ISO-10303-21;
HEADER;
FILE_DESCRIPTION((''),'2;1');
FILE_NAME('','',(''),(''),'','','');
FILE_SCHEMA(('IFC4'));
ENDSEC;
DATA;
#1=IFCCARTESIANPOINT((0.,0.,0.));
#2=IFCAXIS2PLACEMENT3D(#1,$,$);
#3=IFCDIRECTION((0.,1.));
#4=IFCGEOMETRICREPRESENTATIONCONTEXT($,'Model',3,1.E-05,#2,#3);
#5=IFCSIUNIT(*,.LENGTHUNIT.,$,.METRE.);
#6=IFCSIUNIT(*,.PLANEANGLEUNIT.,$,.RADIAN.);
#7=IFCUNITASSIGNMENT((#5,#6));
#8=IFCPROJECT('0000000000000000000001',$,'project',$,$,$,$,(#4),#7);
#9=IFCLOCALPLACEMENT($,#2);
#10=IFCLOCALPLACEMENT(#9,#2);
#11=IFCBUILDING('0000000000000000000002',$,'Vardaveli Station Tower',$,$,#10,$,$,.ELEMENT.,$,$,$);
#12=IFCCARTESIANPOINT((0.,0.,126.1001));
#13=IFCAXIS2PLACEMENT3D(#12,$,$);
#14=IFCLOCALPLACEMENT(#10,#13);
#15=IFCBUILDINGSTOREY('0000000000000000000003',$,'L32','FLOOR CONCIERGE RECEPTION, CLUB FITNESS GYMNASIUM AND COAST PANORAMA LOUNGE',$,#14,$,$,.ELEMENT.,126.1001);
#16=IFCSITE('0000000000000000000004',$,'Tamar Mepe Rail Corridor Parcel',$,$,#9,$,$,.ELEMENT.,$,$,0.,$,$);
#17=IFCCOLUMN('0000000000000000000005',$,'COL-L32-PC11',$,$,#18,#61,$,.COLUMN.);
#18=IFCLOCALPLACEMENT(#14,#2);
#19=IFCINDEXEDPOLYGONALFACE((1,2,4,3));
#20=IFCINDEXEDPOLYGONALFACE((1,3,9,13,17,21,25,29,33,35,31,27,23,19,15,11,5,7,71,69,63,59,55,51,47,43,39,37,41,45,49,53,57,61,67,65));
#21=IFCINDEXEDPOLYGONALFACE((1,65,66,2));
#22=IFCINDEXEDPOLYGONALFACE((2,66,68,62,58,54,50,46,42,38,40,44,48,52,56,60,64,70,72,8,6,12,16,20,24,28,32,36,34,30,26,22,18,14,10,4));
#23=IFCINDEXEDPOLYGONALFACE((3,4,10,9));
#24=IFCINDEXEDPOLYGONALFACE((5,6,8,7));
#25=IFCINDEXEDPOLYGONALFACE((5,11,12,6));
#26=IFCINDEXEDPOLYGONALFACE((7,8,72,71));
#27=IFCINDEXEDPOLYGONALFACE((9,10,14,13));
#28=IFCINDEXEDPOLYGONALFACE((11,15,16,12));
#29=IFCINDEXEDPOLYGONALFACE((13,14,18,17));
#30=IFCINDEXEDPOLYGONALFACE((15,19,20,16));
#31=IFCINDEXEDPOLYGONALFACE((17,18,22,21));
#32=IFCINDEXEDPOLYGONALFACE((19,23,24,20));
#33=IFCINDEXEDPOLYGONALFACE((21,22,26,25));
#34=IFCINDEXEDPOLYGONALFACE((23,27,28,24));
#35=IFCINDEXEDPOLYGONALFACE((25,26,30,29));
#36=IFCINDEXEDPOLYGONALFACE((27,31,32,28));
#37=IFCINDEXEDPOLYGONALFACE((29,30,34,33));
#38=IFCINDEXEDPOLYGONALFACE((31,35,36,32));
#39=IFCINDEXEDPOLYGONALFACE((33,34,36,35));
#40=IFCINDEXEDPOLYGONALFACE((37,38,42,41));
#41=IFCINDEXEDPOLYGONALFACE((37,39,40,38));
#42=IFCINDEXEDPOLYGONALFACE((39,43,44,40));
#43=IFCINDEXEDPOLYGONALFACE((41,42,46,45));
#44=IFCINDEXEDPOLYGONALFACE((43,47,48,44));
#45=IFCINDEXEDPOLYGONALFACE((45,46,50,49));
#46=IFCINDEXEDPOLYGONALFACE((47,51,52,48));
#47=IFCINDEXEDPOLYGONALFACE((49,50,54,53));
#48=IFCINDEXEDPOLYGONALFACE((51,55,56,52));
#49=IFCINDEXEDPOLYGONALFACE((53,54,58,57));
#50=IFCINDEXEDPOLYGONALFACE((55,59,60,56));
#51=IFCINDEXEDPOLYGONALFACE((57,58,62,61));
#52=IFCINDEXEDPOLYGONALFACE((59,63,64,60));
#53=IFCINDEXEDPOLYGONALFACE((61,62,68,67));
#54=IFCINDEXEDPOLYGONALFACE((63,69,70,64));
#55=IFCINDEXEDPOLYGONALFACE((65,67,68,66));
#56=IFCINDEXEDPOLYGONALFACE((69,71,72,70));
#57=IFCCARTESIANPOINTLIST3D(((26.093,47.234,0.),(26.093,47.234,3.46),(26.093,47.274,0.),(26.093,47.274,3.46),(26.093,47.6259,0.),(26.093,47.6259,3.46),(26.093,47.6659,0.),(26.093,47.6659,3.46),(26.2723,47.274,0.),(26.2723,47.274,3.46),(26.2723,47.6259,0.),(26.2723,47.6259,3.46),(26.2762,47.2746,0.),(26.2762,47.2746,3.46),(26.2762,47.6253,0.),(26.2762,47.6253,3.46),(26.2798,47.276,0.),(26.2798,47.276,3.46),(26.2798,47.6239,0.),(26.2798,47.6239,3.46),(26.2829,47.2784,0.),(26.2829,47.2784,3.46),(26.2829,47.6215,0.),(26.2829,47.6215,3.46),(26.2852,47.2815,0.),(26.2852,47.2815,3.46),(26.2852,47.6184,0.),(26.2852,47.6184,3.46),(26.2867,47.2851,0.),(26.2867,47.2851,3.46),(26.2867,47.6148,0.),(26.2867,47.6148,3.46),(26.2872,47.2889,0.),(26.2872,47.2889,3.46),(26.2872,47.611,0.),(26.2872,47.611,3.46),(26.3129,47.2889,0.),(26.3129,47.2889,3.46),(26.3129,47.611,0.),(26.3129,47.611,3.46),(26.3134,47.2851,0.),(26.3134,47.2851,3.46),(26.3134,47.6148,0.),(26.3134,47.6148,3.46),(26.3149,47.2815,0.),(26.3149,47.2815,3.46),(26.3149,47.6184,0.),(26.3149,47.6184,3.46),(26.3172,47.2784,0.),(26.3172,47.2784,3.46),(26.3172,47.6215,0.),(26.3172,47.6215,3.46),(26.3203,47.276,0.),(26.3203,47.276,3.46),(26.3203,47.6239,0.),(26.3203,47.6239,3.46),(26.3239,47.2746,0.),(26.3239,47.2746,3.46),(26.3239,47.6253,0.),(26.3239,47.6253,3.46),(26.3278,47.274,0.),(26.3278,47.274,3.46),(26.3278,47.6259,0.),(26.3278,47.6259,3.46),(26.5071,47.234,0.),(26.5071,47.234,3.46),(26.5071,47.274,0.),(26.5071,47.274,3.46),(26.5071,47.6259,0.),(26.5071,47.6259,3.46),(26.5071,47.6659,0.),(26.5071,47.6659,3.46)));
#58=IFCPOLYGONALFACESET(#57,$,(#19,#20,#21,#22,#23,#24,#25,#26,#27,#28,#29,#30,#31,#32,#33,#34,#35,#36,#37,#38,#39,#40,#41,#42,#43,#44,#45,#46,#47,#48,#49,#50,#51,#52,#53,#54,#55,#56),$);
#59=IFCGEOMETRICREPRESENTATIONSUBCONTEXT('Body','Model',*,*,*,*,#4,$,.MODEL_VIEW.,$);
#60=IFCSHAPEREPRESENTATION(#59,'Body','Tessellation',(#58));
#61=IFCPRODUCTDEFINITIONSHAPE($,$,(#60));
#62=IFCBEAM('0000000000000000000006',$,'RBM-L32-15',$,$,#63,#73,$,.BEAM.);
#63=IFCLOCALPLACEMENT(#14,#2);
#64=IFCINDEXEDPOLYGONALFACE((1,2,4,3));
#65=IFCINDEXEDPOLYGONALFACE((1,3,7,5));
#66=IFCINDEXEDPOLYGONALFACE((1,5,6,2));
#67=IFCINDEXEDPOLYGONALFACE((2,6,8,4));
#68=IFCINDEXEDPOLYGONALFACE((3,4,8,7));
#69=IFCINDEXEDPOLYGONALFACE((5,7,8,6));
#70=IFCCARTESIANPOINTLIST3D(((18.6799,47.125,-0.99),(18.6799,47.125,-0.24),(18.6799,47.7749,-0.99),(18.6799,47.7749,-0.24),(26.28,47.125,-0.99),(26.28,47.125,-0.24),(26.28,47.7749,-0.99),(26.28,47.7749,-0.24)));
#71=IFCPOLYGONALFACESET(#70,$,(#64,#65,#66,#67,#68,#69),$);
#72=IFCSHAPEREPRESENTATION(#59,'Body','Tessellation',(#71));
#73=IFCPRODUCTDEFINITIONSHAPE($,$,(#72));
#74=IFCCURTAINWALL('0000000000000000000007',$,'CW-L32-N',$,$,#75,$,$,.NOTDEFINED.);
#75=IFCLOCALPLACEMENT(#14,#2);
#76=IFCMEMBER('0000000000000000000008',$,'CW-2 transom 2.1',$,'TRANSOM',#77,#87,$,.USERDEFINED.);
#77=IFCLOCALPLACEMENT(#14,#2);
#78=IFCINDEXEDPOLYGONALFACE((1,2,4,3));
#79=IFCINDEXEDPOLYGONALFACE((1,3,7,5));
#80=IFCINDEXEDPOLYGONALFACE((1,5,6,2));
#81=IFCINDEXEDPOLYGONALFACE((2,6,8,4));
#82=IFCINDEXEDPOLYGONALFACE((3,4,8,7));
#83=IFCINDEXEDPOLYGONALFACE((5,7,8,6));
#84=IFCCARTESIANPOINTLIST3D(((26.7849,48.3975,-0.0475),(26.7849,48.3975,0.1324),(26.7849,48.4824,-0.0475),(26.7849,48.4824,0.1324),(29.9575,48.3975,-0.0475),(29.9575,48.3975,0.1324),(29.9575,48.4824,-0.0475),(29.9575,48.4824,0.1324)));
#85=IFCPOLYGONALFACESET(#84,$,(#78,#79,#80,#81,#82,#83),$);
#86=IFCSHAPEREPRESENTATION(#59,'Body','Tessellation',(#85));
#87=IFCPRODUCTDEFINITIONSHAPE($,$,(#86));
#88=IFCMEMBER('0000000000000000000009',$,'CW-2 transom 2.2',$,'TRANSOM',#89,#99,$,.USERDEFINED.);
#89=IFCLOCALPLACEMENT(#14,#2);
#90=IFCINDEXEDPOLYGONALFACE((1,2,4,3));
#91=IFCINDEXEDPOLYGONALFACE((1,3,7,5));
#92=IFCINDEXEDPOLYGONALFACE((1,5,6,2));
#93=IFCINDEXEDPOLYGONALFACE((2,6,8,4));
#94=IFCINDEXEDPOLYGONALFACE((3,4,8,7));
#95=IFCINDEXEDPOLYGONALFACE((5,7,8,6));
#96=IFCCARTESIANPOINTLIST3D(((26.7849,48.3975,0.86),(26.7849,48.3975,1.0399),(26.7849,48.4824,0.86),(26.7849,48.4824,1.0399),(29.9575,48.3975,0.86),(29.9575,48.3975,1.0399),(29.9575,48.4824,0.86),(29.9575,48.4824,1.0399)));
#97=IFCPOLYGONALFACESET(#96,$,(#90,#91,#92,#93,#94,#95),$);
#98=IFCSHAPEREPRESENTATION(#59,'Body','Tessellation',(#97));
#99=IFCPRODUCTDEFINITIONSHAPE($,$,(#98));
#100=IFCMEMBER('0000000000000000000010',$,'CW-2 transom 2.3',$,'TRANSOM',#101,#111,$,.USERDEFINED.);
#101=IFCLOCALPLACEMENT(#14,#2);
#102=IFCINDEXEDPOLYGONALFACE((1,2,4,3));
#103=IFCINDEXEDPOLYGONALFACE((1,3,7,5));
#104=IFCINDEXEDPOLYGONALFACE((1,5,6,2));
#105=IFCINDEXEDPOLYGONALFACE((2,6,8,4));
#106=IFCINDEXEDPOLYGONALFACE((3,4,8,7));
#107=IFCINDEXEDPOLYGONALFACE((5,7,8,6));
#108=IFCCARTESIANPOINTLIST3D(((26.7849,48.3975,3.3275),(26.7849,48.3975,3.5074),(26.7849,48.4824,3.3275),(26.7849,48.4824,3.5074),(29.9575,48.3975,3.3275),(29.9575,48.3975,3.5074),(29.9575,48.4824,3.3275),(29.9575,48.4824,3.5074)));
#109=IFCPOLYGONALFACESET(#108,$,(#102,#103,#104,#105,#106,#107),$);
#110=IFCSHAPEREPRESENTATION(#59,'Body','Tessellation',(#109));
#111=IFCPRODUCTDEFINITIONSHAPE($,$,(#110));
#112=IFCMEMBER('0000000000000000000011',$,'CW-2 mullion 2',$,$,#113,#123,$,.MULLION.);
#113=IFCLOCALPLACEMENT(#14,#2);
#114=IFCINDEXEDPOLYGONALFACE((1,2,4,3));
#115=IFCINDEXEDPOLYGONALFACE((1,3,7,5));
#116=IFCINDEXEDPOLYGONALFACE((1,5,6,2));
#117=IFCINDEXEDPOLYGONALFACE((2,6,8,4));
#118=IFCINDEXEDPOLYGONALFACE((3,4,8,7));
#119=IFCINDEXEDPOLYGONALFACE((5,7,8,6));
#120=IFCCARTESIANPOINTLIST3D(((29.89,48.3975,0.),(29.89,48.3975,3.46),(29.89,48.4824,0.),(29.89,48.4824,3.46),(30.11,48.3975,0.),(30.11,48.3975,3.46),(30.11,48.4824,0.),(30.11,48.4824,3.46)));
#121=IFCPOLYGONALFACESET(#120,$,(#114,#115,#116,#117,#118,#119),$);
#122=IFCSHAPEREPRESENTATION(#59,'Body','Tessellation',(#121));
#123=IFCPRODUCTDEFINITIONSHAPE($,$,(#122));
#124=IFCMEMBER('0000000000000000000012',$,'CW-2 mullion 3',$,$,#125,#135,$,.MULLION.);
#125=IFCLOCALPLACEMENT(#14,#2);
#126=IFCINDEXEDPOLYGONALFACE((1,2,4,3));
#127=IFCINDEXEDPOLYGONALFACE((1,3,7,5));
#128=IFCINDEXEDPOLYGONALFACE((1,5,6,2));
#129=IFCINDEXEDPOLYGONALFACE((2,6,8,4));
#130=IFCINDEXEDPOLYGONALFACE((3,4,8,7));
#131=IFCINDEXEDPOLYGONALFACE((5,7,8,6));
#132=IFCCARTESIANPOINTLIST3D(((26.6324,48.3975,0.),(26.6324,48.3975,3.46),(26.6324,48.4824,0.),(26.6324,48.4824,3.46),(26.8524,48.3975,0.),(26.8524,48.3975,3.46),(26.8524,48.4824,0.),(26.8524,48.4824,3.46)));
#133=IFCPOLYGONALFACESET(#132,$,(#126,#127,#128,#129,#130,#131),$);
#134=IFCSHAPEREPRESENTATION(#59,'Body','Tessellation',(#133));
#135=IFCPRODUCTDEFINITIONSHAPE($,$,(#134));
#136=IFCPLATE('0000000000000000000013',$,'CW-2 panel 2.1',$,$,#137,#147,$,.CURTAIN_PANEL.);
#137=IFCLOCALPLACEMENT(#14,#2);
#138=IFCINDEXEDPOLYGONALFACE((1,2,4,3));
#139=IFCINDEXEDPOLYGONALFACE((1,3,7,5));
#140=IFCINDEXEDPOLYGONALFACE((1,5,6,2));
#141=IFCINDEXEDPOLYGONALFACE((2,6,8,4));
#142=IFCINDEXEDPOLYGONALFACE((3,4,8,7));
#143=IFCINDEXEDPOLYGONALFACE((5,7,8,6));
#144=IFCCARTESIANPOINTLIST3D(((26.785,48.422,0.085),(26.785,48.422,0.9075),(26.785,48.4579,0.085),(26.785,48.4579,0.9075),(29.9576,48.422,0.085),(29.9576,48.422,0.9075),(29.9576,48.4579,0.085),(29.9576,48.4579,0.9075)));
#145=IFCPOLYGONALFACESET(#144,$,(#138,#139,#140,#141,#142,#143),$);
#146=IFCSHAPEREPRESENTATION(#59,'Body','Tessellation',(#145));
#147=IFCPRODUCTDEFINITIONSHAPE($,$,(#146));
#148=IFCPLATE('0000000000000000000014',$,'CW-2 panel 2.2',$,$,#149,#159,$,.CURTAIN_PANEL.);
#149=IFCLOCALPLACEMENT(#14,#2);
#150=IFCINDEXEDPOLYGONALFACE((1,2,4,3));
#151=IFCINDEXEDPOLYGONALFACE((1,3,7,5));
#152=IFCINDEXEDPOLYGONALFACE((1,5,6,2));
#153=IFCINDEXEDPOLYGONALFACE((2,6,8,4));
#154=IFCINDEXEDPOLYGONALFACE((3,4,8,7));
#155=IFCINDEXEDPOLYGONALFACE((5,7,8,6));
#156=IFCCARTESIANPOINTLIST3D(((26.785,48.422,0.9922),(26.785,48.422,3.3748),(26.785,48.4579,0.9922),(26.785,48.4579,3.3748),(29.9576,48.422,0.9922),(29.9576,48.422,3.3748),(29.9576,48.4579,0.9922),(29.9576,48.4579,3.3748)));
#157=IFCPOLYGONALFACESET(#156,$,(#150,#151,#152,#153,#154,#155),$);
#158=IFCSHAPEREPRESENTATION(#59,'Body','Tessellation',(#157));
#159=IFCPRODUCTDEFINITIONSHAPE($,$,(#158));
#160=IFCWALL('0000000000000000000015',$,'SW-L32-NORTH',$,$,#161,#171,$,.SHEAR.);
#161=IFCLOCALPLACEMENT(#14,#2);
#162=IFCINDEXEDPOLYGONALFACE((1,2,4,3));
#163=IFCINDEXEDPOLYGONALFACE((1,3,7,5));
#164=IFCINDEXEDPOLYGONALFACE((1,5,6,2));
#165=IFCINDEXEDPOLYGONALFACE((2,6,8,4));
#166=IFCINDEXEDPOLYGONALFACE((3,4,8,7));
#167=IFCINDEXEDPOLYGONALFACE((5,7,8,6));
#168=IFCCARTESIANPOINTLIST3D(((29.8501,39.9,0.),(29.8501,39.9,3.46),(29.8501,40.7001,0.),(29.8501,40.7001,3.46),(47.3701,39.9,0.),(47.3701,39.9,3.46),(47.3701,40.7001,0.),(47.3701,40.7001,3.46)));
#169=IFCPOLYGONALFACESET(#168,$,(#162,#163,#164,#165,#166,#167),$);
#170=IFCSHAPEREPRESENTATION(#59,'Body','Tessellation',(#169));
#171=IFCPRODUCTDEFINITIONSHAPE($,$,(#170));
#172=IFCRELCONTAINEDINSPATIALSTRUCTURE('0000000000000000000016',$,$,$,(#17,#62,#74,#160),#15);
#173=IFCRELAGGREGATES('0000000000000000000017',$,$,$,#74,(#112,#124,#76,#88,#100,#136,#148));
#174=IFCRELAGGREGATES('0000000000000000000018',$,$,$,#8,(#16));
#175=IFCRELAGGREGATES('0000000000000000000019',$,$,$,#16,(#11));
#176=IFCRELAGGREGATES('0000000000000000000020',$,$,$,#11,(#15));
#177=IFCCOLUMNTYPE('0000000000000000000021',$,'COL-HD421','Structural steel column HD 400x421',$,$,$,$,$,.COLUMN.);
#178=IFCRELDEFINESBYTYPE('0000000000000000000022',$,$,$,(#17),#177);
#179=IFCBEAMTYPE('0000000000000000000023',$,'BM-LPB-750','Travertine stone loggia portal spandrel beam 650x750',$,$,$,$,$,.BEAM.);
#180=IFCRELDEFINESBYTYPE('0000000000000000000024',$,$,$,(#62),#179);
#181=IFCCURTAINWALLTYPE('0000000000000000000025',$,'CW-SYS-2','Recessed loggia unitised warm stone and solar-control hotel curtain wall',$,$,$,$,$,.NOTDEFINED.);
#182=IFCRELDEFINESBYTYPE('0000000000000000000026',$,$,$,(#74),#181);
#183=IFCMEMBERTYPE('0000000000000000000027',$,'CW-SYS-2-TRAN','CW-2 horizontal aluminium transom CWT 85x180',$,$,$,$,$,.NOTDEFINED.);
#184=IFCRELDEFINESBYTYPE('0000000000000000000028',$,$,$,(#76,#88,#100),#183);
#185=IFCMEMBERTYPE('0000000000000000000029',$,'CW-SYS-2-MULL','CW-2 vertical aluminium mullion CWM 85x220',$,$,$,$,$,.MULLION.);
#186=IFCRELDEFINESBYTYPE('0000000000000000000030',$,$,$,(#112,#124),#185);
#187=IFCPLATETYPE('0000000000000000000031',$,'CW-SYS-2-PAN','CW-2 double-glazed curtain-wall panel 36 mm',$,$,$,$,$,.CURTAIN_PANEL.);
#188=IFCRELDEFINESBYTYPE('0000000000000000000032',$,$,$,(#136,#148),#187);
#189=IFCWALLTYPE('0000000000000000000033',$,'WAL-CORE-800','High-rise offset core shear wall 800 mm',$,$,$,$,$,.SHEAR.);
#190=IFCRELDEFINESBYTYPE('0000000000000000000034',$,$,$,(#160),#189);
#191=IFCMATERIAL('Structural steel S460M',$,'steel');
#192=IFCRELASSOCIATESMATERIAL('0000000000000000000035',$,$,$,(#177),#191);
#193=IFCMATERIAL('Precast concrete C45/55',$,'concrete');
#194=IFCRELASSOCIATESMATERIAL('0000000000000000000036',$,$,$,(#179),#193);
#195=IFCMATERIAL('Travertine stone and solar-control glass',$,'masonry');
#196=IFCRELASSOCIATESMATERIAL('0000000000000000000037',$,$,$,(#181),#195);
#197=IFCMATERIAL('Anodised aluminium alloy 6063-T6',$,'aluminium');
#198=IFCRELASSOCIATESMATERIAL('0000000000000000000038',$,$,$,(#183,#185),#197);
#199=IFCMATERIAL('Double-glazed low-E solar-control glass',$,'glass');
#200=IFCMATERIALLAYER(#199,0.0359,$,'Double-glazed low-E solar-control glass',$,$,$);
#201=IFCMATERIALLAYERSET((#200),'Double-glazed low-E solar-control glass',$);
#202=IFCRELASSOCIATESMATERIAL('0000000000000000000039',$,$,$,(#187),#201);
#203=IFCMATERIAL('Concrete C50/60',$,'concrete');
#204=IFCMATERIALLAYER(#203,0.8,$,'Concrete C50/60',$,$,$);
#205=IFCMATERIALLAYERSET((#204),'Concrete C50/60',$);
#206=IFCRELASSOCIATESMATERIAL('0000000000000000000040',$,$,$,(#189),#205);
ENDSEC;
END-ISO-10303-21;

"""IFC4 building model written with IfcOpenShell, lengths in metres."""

from ifc_helpers import new_model, si_unit, direction, frame, frame_2d, origin, origin_2d, place, context, subcontext, project, spatial, rectangle, i_section, extrude, source, transform, mapped, material, layer, layer_set, material_profile, profile_set, type_object, element, aggregate, save


model = new_model("IFC4")

# Units and contexts
model_context = context("Model", 3, precision=1e-05, world=origin(), true_north=direction((0.0, 1.0)))
body_context = subcontext(model_context, "Body", "Model", "MODEL_VIEW")
ifc_project = project(units=[si_unit("LENGTHUNIT", "METRE"), si_unit("PLANEANGLEUNIT", "RADIAN")], contexts=[model_context])

# Site, building, storey
site_placement = place(None, origin())
site = spatial("IfcSite", under=ifc_project, at=site_placement, Name="Tamar Mepe Rail Corridor Parcel", CompositionType="ELEMENT", RefElevation=0.0)
building_placement = place(site_placement, origin())
building = spatial("IfcBuilding", under=site, at=building_placement, Name="Vardaveli Station Tower", CompositionType="ELEMENT")
storey_placement = place(building_placement, frame((0.0, 0.0, 126.1001)))
storey = spatial("IfcBuildingStorey", under=building, at=storey_placement, Name="L32", Description="FLOOR CONCIERGE RECEPTION, CLUB FITNESS GYMNASIUM AND COAST PANORAMA LOUNGE", CompositionType="ELEMENT", Elevation=126.1001)

# Column
ifc_material_1 = material(Name="Structural steel S460M", Category="steel")
ifc_material_profile_1 = material_profile(ifc_material_1, i_section(OverallWidth=0.4141, OverallDepth=0.4319, WebThickness=0.0256, FlangeThickness=0.04, FilletRadius=0.0149, at=origin_2d()), Name="HD 400x421")
ifc_profile_set_1 = profile_set([ifc_material_profile_1], Name="Structural steel S460M")
column_type = type_object("IfcColumnType", Name="COL-HD421", Description="Structural steel column HD 400x421", PredefinedType="COLUMN", material=ifc_profile_set_1)
shared_shape_1 = source(origin(), body_context, "Body", "SweptSolid", [
    extrude(i_section(OverallWidth=0.4141, OverallDepth=0.4319, WebThickness=0.0256, FlangeThickness=0.04, FilletRadius=0.0149, at=origin_2d()), origin(), (0.0, 0.0, 1.0), 3.46),
])
column_placement = place(storey_placement, frame((26.3, 47.45, 0.0), z_axis=(0.0, 0.0, 1.0), x_axis=(1.0, 0.0, 0.0)))
element("IfcColumn", 1, at=column_placement, inside=storey, type_object=column_type, Name="COL-L32-PC11", PredefinedType="COLUMN", context=body_context, shape_type="MappedRepresentation", body=[
    mapped(shared_shape_1, transform((0.0, 0.0, 0.0), scale=1.0)),
])

# Beam
ifc_material_2 = material(Name="Precast concrete C45/55", Category="concrete")
ifc_material_profile_2 = material_profile(ifc_material_2, rectangle(XDim=0.6499, YDim=0.75, at=origin_2d()), Name="LPB 650x750")
ifc_profile_set_2 = profile_set([ifc_material_profile_2], Name="Precast concrete C45/55")
beam_type = type_object("IfcBeamType", Name="BM-LPB-750", Description="Travertine stone loggia portal spandrel beam 650x750", PredefinedType="BEAM", material=ifc_profile_set_2)
shared_shape_2 = source(origin(), body_context, "Body", "SweptSolid", [
    extrude(rectangle(XDim=0.6499, YDim=0.75, at=origin_2d()), origin(), (0.0, 0.0, 1.0), 7.6001),
])
beam_placement = place(storey_placement, frame((26.28, 47.45, -0.615), z_axis=(-1.0, 0.0, 0.0), x_axis=(0.0, -1.0, 0.0)))
element("IfcBeam", 2, at=beam_placement, inside=storey, type_object=beam_type, Name="RBM-L32-15", PredefinedType="BEAM", context=body_context, shape_type="MappedRepresentation", body=[
    mapped(shared_shape_2, transform((0.0, 0.0, 0.0), scale=1.0)),
])

# Curtain wall, members, plates
ifc_material_3 = material(Name="Travertine stone and solar-control glass", Category="masonry")
curtain_wall_type = type_object("IfcCurtainWallType", Name="CW-SYS-2", Description="Recessed loggia unitised warm stone and solar-control hotel curtain wall", PredefinedType="NOTDEFINED", material=ifc_material_3)
curtain_wall_placement = place(storey_placement, origin())
curtain_wall = element("IfcCurtainWall", 3, at=curtain_wall_placement, inside=storey, type_object=curtain_wall_type, Name="CW-L32-N", PredefinedType="NOTDEFINED")
ifc_material_4 = material(Name="Anodised aluminium alloy 6063-T6", Category="aluminium")
ifc_material_profile_3 = material_profile(ifc_material_4, rectangle(XDim=0.085, YDim=0.1799, at=origin_2d()), Name="CWT 85x180")
ifc_profile_set_3 = profile_set([ifc_material_profile_3], Name="Anodised aluminium alloy 6063-T6")
member_type_1 = type_object("IfcMemberType", Name="CW-SYS-2-TRAN", Description="CW-2 horizontal aluminium transom CWT 85x180", PredefinedType="NOTDEFINED", material=ifc_profile_set_3)
shared_shape_3 = source(origin(), body_context, "Body", "SweptSolid", [
    extrude(rectangle(XDim=0.085, YDim=0.1799, at=origin_2d()), origin(), (0.0, 0.0, 1.0), 3.1726),
])
member_1_placement = place(storey_placement, frame((29.9575, 48.4399, 0.0425), z_axis=(-1.0, 0.0, 0.0), x_axis=(0.0, -1.0, 0.0)))
member_1 = element("IfcMember", 4, at=member_1_placement, type_object=member_type_1, Name="CW-2 transom 2.1", ObjectType="TRANSOM", PredefinedType="USERDEFINED", context=body_context, shape_type="MappedRepresentation", body=[
    mapped(shared_shape_3, transform((0.0, 0.0, 0.0), scale=1.0)),
])
member_2_placement = place(storey_placement, frame((29.9575, 48.4399, 0.95), z_axis=(-1.0, 0.0, 0.0), x_axis=(0.0, -1.0, 0.0)))
member_2 = element("IfcMember", 5, at=member_2_placement, type_object=member_type_1, Name="CW-2 transom 2.2", ObjectType="TRANSOM", PredefinedType="USERDEFINED", context=body_context, shape_type="MappedRepresentation", body=[
    mapped(shared_shape_3, transform((0.0, 0.0, 0.0), scale=1.0)),
])
member_3_placement = place(storey_placement, frame((29.9575, 48.4399, 3.4175), z_axis=(-1.0, 0.0, 0.0), x_axis=(0.0, -1.0, 0.0)))
member_3 = element("IfcMember", 6, at=member_3_placement, type_object=member_type_1, Name="CW-2 transom 2.3", ObjectType="TRANSOM", PredefinedType="USERDEFINED", context=body_context, shape_type="MappedRepresentation", body=[
    mapped(shared_shape_3, transform((0.0, 0.0, 0.0), scale=1.0)),
])
ifc_material_profile_4 = material_profile(ifc_material_4, rectangle(XDim=0.085, YDim=0.22, at=origin_2d()), Name="CWM 85x220")
ifc_profile_set_4 = profile_set([ifc_material_profile_4], Name="Anodised aluminium alloy 6063-T6")
member_type_2 = type_object("IfcMemberType", Name="CW-SYS-2-MULL", Description="CW-2 vertical aluminium mullion CWM 85x220", PredefinedType="MULLION", material=ifc_profile_set_4)
shared_shape_4 = source(origin(), body_context, "Body", "SweptSolid", [
    extrude(rectangle(XDim=0.085, YDim=0.22, at=origin_2d()), origin(), (0.0, 0.0, 1.0), 3.46),
])
member_4_placement = place(storey_placement, frame((30.0, 48.4399, 0.0), z_axis=(0.0, 0.0, 1.0), x_axis=(0.0, -1.0, 0.0)))
member_4 = element("IfcMember", 7, at=member_4_placement, type_object=member_type_2, Name="CW-2 mullion 2", PredefinedType="MULLION", context=body_context, shape_type="MappedRepresentation", body=[
    mapped(shared_shape_4, transform((0.0, 0.0, 0.0), scale=1.0)),
])
member_5_placement = place(storey_placement, frame((26.7424, 48.4399, 0.0), z_axis=(0.0, 0.0, 1.0), x_axis=(0.0, -1.0, 0.0)))
member_5 = element("IfcMember", 8, at=member_5_placement, type_object=member_type_2, Name="CW-2 mullion 3", PredefinedType="MULLION", context=body_context, shape_type="MappedRepresentation", body=[
    mapped(shared_shape_4, transform((0.0, 0.0, 0.0), scale=1.0)),
])
ifc_material_5 = material(Name="Double-glazed low-E solar-control glass", Category="glass")
ifc_layer_1 = layer(ifc_material_5, 0.0359, Name="Double-glazed low-E solar-control glass")
ifc_layer_set_1 = layer_set([ifc_layer_1], Name="Double-glazed low-E solar-control glass")
plate_type = type_object("IfcPlateType", Name="CW-SYS-2-PAN", Description="CW-2 double-glazed curtain-wall panel 36 mm", PredefinedType="CURTAIN_PANEL", material=ifc_layer_set_1)
shared_shape_5 = source(origin(), body_context, "Body", "SweptSolid", [
    extrude(rectangle(XDim=3.1726, YDim=0.0359, at=origin_2d()), origin(), (0.0, 0.0, 1.0), 0.8225),
])
plate_1_placement = place(storey_placement, frame((28.3713, 48.4399, 0.085), z_axis=(0.0, 0.0, 1.0), x_axis=(-1.0, 0.0, 0.0)))
plate_1 = element("IfcPlate", 9, at=plate_1_placement, type_object=plate_type, Name="CW-2 panel 2.1", PredefinedType="CURTAIN_PANEL", context=body_context, shape_type="MappedRepresentation", body=[
    mapped(shared_shape_5, transform((0.0, 0.0, 0.0), scale=1.0)),
])
shared_shape_6 = source(origin(), body_context, "Body", "SweptSolid", [
    extrude(rectangle(XDim=3.1726, YDim=0.0359, at=origin_2d()), origin(), (0.0, 0.0, 1.0), 2.3826),
])
plate_2_placement = place(storey_placement, frame((28.3713, 48.4399, 0.9922), z_axis=(0.0, 0.0, 1.0), x_axis=(-1.0, 0.0, 0.0)))
plate_2 = element("IfcPlate", 10, at=plate_2_placement, type_object=plate_type, Name="CW-2 panel 2.2", PredefinedType="CURTAIN_PANEL", context=body_context, shape_type="MappedRepresentation", body=[
    mapped(shared_shape_6, transform((0.0, 0.0, 0.0), scale=1.0)),
])
aggregate(curtain_wall, [member_4, member_5, member_1, member_2, member_3, plate_1, plate_2])

# Wall
ifc_material_6 = material(Name="Concrete C50/60", Category="concrete")
ifc_layer_2 = layer(ifc_material_6, 0.8, Name="Concrete C50/60")
ifc_layer_set_2 = layer_set([ifc_layer_2], Name="Concrete C50/60")
wall_type_1 = type_object("IfcWallType", Name="WAL-CORE-800", Description="High-rise offset core shear wall 800 mm", PredefinedType="SHEAR", material=ifc_layer_set_2)
shared_shape_7 = source(origin(), body_context, "Body", "SweptSolid", [
    extrude(rectangle(XDim=17.52, YDim=0.8, at=frame_2d((8.76, 0.0))), origin(), (0.0, 0.0, 1.0), 3.46),
])
wall_1_placement = place(storey_placement, frame((29.8501, 40.3, 0.0), z_axis=(0.0, 0.0, 1.0), x_axis=(1.0, 0.0, 0.0)))
element("IfcWall", 11, at=wall_1_placement, inside=storey, type_object=wall_type_1, Name="SW-L32-NORTH", PredefinedType="SHEAR", context=body_context, shape_type="MappedRepresentation", body=[
    mapped(shared_shape_7, transform((0.0, 0.0, 0.0), scale=1.0)),
])

save(model, "model.ifc")
